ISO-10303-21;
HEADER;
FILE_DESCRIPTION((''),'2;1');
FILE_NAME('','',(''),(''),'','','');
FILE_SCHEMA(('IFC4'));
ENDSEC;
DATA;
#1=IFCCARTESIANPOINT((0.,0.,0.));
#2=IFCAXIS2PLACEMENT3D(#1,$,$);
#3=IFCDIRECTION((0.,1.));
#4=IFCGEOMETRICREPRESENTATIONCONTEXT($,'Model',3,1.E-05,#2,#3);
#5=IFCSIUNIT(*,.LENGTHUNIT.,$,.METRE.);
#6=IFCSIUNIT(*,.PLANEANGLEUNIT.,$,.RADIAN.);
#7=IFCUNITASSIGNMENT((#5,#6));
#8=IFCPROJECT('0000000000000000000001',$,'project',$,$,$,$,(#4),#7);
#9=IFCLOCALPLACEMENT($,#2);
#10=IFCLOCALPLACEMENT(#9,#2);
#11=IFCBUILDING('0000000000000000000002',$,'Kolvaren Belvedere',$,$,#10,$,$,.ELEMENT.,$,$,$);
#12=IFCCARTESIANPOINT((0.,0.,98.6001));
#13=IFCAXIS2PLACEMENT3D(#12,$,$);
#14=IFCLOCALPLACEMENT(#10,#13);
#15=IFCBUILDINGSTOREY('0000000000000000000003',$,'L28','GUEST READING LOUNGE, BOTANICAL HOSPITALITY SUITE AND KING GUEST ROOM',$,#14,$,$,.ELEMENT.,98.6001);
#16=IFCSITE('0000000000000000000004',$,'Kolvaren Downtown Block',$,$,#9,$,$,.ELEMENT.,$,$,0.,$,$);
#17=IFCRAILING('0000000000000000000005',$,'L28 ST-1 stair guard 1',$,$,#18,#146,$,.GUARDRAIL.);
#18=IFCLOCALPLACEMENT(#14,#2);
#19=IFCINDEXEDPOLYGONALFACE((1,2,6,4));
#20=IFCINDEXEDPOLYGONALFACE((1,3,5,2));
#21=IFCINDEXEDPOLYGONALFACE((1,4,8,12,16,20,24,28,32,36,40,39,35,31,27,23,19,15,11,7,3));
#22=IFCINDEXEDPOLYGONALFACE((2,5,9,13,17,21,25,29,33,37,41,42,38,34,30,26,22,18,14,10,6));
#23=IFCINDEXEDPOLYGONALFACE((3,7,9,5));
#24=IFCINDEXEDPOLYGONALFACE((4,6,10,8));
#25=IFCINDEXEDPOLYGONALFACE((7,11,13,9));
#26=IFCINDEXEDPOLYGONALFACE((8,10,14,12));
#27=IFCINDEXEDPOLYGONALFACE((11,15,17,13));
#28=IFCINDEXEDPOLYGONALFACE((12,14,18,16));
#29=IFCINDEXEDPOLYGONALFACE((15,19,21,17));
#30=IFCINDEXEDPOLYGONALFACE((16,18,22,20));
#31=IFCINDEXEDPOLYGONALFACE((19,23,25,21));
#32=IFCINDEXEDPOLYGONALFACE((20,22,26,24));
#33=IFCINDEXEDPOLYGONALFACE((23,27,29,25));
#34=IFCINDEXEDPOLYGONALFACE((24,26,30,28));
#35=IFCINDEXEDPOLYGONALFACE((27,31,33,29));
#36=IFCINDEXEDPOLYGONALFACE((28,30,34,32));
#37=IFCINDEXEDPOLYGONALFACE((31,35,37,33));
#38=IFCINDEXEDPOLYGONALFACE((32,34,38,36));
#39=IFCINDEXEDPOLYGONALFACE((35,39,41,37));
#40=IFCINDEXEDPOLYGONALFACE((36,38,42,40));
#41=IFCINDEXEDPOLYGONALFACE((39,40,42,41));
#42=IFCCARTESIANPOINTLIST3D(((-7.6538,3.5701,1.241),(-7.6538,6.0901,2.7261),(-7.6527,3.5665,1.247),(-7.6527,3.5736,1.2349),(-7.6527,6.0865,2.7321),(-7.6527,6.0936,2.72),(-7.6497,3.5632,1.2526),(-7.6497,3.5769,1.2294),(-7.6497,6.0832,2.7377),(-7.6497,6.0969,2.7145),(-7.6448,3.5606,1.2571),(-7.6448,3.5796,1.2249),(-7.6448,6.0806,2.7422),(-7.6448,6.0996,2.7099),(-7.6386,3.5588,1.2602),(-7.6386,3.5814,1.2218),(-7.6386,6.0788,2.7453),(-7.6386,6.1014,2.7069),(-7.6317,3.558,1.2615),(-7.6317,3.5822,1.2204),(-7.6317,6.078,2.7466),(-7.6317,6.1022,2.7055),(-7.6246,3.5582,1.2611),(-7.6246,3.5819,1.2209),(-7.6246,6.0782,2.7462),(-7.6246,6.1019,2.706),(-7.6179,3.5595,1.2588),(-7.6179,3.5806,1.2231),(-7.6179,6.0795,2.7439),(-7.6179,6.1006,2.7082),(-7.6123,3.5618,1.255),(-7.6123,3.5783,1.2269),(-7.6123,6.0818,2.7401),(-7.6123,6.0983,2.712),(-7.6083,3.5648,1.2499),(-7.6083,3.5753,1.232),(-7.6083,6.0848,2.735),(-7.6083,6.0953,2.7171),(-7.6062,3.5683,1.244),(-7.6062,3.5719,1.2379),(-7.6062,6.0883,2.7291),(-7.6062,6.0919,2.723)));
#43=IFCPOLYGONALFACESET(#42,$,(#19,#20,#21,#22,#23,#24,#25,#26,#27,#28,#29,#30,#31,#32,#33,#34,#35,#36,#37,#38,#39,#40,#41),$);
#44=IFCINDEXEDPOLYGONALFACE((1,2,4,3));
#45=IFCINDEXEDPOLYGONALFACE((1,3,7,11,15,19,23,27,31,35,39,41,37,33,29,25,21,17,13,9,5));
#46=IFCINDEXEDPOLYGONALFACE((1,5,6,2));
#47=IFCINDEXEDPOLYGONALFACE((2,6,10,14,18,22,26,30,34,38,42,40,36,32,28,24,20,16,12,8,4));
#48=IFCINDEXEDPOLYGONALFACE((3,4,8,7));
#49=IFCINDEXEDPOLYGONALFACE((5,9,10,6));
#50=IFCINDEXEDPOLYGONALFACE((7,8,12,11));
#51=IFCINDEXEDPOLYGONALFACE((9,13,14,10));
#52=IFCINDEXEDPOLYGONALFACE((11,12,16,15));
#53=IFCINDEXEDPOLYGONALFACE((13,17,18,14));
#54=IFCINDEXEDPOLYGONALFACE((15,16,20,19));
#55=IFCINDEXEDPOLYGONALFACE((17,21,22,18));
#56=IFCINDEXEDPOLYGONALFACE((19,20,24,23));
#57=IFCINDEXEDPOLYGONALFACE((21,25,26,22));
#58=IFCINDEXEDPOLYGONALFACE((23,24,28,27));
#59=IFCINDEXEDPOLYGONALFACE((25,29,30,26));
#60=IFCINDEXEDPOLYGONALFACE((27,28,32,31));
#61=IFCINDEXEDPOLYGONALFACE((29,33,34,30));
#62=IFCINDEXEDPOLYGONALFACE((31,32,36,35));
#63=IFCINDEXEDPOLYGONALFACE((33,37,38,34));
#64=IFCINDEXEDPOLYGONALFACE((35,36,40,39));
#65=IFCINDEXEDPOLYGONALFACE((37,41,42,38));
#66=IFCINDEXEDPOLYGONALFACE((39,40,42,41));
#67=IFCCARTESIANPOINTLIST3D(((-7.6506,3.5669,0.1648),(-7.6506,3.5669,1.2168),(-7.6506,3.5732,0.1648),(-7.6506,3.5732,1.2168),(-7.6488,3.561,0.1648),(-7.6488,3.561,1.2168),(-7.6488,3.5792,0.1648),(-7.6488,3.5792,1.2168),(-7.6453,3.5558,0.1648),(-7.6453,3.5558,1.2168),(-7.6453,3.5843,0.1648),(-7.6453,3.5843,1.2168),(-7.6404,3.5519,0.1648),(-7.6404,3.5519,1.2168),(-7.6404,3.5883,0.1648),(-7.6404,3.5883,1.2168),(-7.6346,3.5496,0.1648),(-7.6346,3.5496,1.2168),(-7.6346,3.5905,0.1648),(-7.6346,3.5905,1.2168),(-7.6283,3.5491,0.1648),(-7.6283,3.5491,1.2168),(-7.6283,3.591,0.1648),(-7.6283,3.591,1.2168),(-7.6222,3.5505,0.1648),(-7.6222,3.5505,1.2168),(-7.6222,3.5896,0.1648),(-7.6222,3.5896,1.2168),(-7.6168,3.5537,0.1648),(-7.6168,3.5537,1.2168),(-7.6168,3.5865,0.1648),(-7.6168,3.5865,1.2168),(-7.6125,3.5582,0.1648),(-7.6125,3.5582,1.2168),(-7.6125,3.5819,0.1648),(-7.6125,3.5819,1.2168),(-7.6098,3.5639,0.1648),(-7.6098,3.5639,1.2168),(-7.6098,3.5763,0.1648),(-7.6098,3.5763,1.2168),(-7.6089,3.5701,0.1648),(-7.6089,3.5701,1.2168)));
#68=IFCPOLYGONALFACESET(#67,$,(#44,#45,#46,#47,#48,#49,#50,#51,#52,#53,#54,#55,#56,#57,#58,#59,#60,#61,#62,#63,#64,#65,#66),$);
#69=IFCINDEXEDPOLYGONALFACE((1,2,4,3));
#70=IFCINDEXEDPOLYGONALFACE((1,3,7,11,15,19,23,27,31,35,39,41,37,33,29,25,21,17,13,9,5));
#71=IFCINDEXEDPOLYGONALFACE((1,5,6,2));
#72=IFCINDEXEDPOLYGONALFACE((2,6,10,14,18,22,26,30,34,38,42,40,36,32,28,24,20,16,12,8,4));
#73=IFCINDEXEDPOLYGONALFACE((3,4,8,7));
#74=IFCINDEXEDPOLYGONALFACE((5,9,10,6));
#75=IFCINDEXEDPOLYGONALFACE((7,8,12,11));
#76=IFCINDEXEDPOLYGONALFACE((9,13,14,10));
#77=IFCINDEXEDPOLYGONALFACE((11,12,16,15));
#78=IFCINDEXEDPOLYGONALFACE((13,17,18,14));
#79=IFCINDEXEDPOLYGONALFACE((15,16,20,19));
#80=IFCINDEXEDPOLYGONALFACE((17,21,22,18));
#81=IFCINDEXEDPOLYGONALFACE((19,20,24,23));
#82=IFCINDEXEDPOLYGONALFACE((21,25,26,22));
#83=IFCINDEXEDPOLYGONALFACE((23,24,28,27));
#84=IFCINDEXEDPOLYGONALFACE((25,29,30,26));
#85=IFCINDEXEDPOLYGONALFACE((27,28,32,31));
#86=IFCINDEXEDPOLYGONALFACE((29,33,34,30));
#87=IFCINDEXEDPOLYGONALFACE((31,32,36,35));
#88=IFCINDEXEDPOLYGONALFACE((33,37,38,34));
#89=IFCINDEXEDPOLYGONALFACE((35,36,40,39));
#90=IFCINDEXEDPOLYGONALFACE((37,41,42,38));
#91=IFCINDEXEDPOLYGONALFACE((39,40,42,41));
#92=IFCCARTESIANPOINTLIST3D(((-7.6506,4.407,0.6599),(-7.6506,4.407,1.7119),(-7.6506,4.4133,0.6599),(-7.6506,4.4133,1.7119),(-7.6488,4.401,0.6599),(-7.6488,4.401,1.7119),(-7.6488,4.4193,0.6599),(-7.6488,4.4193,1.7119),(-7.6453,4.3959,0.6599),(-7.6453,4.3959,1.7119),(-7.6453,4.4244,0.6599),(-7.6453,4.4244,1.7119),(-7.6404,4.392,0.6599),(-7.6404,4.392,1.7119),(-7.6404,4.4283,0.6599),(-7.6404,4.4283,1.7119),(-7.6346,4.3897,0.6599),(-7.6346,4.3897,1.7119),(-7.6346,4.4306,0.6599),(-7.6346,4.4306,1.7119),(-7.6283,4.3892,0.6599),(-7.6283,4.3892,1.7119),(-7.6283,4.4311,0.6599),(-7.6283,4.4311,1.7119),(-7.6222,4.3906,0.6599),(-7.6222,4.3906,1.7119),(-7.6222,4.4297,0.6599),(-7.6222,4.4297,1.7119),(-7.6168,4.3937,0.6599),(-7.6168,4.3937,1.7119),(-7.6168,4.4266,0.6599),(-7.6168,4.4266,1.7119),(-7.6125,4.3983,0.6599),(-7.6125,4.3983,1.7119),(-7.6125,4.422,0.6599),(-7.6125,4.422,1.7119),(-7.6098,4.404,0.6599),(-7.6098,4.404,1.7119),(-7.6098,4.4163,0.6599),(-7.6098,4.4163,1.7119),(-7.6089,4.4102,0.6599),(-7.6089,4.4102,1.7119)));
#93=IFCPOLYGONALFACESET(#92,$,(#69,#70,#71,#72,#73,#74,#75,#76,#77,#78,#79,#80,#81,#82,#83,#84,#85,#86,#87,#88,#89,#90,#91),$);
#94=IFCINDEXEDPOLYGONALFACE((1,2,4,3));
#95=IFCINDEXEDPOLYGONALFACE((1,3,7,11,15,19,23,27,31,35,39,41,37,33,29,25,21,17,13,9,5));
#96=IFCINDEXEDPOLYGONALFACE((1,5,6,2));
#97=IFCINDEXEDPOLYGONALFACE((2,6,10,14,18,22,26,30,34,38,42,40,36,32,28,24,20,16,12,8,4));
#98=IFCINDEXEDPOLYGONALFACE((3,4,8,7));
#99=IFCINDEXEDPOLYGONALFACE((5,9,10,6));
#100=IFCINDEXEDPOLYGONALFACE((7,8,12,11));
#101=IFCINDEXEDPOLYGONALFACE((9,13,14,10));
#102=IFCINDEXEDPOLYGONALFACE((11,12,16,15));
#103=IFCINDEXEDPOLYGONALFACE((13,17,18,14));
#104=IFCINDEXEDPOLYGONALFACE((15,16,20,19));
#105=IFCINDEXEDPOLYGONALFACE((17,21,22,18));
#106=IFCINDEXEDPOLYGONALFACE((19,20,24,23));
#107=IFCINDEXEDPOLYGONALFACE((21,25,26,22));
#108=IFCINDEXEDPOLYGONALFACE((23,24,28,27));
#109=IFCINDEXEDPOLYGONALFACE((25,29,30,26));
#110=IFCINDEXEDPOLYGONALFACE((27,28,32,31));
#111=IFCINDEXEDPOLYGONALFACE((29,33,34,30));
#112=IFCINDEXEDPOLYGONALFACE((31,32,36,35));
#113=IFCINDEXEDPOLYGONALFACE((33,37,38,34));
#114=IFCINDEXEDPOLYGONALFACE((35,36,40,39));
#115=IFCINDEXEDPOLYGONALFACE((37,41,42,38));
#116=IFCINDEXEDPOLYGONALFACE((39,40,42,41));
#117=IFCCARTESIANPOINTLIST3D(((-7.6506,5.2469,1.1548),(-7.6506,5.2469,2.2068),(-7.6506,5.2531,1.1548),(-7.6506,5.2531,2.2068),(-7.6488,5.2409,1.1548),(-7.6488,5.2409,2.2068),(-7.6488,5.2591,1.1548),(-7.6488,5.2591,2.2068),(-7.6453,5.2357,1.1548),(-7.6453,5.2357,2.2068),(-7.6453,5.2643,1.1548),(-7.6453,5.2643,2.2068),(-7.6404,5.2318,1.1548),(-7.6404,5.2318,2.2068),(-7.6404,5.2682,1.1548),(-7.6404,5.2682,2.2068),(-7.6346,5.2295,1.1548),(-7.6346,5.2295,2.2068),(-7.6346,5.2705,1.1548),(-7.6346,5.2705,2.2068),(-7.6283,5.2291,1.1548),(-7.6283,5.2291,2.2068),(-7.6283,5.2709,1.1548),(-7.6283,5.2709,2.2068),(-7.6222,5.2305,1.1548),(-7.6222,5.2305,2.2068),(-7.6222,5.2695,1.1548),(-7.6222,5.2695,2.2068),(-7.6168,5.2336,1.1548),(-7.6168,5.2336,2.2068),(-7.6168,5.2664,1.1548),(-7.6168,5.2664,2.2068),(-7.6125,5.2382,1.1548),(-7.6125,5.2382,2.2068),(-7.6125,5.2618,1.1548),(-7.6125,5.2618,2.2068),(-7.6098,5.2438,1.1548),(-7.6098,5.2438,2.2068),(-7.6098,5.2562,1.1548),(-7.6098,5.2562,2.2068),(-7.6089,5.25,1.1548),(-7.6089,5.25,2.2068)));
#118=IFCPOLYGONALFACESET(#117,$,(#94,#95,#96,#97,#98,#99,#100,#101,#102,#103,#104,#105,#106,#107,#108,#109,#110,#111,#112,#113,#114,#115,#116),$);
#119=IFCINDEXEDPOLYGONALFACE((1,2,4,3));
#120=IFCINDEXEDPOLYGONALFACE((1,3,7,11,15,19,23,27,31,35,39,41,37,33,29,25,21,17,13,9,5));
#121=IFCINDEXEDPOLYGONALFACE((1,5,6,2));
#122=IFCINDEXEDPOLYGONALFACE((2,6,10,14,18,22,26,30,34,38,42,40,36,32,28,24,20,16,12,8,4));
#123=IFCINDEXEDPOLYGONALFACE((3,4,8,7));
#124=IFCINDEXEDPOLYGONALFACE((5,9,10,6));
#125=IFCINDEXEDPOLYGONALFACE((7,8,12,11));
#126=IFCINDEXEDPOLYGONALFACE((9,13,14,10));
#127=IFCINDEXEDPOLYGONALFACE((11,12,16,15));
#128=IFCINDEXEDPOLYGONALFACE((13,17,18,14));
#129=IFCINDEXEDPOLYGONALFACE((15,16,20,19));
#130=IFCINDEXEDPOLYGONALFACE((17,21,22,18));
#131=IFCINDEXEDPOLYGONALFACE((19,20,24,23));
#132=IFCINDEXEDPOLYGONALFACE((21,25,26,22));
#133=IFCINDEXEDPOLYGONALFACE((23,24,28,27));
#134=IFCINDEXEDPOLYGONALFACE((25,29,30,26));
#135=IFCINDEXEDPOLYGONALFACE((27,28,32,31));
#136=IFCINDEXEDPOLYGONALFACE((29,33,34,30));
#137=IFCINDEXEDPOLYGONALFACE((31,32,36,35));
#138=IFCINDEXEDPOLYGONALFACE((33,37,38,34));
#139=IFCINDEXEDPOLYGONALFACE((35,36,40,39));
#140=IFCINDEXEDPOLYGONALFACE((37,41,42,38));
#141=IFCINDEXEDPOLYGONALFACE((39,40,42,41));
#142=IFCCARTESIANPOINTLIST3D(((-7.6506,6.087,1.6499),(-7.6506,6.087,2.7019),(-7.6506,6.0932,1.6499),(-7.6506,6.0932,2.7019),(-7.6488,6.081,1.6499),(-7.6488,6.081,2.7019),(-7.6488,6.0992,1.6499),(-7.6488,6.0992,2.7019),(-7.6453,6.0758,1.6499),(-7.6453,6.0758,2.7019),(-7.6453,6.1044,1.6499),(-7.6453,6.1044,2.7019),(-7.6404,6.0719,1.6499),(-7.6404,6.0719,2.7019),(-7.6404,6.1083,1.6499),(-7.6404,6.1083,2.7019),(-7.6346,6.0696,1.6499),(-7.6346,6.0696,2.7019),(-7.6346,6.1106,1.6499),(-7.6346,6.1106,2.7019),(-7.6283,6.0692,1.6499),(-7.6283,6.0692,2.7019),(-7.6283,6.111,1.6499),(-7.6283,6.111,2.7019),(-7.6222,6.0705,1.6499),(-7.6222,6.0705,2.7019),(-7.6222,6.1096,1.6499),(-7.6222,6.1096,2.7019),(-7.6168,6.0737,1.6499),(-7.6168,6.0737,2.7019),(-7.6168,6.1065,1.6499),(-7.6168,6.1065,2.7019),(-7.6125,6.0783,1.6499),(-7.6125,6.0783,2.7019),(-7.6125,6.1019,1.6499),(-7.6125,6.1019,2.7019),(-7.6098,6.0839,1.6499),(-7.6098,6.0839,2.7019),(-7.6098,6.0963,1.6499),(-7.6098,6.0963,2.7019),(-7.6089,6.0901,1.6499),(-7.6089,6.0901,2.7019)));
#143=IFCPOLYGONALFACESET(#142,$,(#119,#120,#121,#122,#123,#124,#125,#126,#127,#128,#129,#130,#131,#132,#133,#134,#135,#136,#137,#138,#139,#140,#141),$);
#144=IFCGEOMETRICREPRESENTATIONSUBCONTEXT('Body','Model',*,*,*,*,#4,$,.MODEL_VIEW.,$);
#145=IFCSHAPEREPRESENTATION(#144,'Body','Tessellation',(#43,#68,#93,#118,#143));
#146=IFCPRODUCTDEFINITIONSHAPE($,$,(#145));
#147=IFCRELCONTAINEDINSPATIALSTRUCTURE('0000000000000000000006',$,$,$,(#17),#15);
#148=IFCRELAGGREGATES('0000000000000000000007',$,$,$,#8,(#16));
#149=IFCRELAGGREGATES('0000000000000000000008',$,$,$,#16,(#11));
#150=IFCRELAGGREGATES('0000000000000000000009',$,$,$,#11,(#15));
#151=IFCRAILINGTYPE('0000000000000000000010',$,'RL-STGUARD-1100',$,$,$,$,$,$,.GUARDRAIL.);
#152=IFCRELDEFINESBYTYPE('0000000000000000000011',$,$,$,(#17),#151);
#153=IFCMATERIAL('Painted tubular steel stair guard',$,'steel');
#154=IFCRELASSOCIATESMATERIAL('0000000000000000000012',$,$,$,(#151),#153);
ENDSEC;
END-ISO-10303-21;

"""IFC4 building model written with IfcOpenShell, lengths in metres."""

from ifc_helpers import new_model, si_unit, direction, frame, origin, origin_2d, place, context, subcontext, project, spatial, circle, extrude, material, type_object, element, save


model = new_model("IFC4")

# Units and contexts
model_context = context("Model", 3, precision=1e-05, world=origin(), true_north=direction((0.0, 1.0)))
body_context = subcontext(model_context, "Body", "Model", "MODEL_VIEW")
ifc_project = project(units=[si_unit("LENGTHUNIT", "METRE"), si_unit("PLANEANGLEUNIT", "RADIAN")], contexts=[model_context])

# Site, building, storey
site_placement = place(None, origin())
site = spatial("IfcSite", under=ifc_project, at=site_placement, Name="Kolvaren Downtown Block", CompositionType="ELEMENT", RefElevation=0.0)
building_placement = place(site_placement, origin())
building = spatial("IfcBuilding", under=site, at=building_placement, Name="Kolvaren Belvedere", CompositionType="ELEMENT")
storey_placement = place(building_placement, frame((0.0, 0.0, 98.6001)))
storey = spatial("IfcBuildingStorey", under=building, at=storey_placement, Name="L28", Description="GUEST READING LOUNGE, BOTANICAL HOSPITALITY SUITE AND KING GUEST ROOM", CompositionType="ELEMENT", Elevation=98.6001)

# Railing
ifc_material_1 = material(Name="Painted tubular steel stair guard", Category="steel")
railing_type_1 = type_object("IfcRailingType", Name="RL-STGUARD-1100", PredefinedType="GUARDRAIL", material=ifc_material_1)
railing_1_placement = place(storey_placement, frame((-7.6299, 3.5701, 0.1648)))
element("IfcRailing", 1, at=railing_1_placement, inside=storey, type_object=railing_type_1, Name="L28 ST-1 stair guard 1", PredefinedType="GUARDRAIL", context=body_context, shape_type="SweptSolid", body=[
    extrude(circle(Radius=0.0239, at=origin_2d()), frame((0.0, 0.0, 1.0762), z_axis=(0.0, 0.861524, 0.507717), x_axis=(-1.0, 0.0, 0.0)), (0.0, 0.0, 1.0), 2.925),
    extrude(circle(Radius=0.021, at=origin_2d()), origin(), (0.0, 0.0, 1.0), 1.052),
    extrude(circle(Radius=0.021, at=origin_2d()), frame((0.0, 0.8401, 0.4951)), (0.0, 0.0, 1.0), 1.052),
    extrude(circle(Radius=0.021, at=origin_2d()), frame((0.0, 1.6799, 0.99)), (0.0, 0.0, 1.0), 1.052),
    extrude(circle(Radius=0.021, at=origin_2d()), frame((0.0, 2.52, 1.4851)), (0.0, 0.0, 1.0), 1.052),
])

save(model, "model.ifc")
